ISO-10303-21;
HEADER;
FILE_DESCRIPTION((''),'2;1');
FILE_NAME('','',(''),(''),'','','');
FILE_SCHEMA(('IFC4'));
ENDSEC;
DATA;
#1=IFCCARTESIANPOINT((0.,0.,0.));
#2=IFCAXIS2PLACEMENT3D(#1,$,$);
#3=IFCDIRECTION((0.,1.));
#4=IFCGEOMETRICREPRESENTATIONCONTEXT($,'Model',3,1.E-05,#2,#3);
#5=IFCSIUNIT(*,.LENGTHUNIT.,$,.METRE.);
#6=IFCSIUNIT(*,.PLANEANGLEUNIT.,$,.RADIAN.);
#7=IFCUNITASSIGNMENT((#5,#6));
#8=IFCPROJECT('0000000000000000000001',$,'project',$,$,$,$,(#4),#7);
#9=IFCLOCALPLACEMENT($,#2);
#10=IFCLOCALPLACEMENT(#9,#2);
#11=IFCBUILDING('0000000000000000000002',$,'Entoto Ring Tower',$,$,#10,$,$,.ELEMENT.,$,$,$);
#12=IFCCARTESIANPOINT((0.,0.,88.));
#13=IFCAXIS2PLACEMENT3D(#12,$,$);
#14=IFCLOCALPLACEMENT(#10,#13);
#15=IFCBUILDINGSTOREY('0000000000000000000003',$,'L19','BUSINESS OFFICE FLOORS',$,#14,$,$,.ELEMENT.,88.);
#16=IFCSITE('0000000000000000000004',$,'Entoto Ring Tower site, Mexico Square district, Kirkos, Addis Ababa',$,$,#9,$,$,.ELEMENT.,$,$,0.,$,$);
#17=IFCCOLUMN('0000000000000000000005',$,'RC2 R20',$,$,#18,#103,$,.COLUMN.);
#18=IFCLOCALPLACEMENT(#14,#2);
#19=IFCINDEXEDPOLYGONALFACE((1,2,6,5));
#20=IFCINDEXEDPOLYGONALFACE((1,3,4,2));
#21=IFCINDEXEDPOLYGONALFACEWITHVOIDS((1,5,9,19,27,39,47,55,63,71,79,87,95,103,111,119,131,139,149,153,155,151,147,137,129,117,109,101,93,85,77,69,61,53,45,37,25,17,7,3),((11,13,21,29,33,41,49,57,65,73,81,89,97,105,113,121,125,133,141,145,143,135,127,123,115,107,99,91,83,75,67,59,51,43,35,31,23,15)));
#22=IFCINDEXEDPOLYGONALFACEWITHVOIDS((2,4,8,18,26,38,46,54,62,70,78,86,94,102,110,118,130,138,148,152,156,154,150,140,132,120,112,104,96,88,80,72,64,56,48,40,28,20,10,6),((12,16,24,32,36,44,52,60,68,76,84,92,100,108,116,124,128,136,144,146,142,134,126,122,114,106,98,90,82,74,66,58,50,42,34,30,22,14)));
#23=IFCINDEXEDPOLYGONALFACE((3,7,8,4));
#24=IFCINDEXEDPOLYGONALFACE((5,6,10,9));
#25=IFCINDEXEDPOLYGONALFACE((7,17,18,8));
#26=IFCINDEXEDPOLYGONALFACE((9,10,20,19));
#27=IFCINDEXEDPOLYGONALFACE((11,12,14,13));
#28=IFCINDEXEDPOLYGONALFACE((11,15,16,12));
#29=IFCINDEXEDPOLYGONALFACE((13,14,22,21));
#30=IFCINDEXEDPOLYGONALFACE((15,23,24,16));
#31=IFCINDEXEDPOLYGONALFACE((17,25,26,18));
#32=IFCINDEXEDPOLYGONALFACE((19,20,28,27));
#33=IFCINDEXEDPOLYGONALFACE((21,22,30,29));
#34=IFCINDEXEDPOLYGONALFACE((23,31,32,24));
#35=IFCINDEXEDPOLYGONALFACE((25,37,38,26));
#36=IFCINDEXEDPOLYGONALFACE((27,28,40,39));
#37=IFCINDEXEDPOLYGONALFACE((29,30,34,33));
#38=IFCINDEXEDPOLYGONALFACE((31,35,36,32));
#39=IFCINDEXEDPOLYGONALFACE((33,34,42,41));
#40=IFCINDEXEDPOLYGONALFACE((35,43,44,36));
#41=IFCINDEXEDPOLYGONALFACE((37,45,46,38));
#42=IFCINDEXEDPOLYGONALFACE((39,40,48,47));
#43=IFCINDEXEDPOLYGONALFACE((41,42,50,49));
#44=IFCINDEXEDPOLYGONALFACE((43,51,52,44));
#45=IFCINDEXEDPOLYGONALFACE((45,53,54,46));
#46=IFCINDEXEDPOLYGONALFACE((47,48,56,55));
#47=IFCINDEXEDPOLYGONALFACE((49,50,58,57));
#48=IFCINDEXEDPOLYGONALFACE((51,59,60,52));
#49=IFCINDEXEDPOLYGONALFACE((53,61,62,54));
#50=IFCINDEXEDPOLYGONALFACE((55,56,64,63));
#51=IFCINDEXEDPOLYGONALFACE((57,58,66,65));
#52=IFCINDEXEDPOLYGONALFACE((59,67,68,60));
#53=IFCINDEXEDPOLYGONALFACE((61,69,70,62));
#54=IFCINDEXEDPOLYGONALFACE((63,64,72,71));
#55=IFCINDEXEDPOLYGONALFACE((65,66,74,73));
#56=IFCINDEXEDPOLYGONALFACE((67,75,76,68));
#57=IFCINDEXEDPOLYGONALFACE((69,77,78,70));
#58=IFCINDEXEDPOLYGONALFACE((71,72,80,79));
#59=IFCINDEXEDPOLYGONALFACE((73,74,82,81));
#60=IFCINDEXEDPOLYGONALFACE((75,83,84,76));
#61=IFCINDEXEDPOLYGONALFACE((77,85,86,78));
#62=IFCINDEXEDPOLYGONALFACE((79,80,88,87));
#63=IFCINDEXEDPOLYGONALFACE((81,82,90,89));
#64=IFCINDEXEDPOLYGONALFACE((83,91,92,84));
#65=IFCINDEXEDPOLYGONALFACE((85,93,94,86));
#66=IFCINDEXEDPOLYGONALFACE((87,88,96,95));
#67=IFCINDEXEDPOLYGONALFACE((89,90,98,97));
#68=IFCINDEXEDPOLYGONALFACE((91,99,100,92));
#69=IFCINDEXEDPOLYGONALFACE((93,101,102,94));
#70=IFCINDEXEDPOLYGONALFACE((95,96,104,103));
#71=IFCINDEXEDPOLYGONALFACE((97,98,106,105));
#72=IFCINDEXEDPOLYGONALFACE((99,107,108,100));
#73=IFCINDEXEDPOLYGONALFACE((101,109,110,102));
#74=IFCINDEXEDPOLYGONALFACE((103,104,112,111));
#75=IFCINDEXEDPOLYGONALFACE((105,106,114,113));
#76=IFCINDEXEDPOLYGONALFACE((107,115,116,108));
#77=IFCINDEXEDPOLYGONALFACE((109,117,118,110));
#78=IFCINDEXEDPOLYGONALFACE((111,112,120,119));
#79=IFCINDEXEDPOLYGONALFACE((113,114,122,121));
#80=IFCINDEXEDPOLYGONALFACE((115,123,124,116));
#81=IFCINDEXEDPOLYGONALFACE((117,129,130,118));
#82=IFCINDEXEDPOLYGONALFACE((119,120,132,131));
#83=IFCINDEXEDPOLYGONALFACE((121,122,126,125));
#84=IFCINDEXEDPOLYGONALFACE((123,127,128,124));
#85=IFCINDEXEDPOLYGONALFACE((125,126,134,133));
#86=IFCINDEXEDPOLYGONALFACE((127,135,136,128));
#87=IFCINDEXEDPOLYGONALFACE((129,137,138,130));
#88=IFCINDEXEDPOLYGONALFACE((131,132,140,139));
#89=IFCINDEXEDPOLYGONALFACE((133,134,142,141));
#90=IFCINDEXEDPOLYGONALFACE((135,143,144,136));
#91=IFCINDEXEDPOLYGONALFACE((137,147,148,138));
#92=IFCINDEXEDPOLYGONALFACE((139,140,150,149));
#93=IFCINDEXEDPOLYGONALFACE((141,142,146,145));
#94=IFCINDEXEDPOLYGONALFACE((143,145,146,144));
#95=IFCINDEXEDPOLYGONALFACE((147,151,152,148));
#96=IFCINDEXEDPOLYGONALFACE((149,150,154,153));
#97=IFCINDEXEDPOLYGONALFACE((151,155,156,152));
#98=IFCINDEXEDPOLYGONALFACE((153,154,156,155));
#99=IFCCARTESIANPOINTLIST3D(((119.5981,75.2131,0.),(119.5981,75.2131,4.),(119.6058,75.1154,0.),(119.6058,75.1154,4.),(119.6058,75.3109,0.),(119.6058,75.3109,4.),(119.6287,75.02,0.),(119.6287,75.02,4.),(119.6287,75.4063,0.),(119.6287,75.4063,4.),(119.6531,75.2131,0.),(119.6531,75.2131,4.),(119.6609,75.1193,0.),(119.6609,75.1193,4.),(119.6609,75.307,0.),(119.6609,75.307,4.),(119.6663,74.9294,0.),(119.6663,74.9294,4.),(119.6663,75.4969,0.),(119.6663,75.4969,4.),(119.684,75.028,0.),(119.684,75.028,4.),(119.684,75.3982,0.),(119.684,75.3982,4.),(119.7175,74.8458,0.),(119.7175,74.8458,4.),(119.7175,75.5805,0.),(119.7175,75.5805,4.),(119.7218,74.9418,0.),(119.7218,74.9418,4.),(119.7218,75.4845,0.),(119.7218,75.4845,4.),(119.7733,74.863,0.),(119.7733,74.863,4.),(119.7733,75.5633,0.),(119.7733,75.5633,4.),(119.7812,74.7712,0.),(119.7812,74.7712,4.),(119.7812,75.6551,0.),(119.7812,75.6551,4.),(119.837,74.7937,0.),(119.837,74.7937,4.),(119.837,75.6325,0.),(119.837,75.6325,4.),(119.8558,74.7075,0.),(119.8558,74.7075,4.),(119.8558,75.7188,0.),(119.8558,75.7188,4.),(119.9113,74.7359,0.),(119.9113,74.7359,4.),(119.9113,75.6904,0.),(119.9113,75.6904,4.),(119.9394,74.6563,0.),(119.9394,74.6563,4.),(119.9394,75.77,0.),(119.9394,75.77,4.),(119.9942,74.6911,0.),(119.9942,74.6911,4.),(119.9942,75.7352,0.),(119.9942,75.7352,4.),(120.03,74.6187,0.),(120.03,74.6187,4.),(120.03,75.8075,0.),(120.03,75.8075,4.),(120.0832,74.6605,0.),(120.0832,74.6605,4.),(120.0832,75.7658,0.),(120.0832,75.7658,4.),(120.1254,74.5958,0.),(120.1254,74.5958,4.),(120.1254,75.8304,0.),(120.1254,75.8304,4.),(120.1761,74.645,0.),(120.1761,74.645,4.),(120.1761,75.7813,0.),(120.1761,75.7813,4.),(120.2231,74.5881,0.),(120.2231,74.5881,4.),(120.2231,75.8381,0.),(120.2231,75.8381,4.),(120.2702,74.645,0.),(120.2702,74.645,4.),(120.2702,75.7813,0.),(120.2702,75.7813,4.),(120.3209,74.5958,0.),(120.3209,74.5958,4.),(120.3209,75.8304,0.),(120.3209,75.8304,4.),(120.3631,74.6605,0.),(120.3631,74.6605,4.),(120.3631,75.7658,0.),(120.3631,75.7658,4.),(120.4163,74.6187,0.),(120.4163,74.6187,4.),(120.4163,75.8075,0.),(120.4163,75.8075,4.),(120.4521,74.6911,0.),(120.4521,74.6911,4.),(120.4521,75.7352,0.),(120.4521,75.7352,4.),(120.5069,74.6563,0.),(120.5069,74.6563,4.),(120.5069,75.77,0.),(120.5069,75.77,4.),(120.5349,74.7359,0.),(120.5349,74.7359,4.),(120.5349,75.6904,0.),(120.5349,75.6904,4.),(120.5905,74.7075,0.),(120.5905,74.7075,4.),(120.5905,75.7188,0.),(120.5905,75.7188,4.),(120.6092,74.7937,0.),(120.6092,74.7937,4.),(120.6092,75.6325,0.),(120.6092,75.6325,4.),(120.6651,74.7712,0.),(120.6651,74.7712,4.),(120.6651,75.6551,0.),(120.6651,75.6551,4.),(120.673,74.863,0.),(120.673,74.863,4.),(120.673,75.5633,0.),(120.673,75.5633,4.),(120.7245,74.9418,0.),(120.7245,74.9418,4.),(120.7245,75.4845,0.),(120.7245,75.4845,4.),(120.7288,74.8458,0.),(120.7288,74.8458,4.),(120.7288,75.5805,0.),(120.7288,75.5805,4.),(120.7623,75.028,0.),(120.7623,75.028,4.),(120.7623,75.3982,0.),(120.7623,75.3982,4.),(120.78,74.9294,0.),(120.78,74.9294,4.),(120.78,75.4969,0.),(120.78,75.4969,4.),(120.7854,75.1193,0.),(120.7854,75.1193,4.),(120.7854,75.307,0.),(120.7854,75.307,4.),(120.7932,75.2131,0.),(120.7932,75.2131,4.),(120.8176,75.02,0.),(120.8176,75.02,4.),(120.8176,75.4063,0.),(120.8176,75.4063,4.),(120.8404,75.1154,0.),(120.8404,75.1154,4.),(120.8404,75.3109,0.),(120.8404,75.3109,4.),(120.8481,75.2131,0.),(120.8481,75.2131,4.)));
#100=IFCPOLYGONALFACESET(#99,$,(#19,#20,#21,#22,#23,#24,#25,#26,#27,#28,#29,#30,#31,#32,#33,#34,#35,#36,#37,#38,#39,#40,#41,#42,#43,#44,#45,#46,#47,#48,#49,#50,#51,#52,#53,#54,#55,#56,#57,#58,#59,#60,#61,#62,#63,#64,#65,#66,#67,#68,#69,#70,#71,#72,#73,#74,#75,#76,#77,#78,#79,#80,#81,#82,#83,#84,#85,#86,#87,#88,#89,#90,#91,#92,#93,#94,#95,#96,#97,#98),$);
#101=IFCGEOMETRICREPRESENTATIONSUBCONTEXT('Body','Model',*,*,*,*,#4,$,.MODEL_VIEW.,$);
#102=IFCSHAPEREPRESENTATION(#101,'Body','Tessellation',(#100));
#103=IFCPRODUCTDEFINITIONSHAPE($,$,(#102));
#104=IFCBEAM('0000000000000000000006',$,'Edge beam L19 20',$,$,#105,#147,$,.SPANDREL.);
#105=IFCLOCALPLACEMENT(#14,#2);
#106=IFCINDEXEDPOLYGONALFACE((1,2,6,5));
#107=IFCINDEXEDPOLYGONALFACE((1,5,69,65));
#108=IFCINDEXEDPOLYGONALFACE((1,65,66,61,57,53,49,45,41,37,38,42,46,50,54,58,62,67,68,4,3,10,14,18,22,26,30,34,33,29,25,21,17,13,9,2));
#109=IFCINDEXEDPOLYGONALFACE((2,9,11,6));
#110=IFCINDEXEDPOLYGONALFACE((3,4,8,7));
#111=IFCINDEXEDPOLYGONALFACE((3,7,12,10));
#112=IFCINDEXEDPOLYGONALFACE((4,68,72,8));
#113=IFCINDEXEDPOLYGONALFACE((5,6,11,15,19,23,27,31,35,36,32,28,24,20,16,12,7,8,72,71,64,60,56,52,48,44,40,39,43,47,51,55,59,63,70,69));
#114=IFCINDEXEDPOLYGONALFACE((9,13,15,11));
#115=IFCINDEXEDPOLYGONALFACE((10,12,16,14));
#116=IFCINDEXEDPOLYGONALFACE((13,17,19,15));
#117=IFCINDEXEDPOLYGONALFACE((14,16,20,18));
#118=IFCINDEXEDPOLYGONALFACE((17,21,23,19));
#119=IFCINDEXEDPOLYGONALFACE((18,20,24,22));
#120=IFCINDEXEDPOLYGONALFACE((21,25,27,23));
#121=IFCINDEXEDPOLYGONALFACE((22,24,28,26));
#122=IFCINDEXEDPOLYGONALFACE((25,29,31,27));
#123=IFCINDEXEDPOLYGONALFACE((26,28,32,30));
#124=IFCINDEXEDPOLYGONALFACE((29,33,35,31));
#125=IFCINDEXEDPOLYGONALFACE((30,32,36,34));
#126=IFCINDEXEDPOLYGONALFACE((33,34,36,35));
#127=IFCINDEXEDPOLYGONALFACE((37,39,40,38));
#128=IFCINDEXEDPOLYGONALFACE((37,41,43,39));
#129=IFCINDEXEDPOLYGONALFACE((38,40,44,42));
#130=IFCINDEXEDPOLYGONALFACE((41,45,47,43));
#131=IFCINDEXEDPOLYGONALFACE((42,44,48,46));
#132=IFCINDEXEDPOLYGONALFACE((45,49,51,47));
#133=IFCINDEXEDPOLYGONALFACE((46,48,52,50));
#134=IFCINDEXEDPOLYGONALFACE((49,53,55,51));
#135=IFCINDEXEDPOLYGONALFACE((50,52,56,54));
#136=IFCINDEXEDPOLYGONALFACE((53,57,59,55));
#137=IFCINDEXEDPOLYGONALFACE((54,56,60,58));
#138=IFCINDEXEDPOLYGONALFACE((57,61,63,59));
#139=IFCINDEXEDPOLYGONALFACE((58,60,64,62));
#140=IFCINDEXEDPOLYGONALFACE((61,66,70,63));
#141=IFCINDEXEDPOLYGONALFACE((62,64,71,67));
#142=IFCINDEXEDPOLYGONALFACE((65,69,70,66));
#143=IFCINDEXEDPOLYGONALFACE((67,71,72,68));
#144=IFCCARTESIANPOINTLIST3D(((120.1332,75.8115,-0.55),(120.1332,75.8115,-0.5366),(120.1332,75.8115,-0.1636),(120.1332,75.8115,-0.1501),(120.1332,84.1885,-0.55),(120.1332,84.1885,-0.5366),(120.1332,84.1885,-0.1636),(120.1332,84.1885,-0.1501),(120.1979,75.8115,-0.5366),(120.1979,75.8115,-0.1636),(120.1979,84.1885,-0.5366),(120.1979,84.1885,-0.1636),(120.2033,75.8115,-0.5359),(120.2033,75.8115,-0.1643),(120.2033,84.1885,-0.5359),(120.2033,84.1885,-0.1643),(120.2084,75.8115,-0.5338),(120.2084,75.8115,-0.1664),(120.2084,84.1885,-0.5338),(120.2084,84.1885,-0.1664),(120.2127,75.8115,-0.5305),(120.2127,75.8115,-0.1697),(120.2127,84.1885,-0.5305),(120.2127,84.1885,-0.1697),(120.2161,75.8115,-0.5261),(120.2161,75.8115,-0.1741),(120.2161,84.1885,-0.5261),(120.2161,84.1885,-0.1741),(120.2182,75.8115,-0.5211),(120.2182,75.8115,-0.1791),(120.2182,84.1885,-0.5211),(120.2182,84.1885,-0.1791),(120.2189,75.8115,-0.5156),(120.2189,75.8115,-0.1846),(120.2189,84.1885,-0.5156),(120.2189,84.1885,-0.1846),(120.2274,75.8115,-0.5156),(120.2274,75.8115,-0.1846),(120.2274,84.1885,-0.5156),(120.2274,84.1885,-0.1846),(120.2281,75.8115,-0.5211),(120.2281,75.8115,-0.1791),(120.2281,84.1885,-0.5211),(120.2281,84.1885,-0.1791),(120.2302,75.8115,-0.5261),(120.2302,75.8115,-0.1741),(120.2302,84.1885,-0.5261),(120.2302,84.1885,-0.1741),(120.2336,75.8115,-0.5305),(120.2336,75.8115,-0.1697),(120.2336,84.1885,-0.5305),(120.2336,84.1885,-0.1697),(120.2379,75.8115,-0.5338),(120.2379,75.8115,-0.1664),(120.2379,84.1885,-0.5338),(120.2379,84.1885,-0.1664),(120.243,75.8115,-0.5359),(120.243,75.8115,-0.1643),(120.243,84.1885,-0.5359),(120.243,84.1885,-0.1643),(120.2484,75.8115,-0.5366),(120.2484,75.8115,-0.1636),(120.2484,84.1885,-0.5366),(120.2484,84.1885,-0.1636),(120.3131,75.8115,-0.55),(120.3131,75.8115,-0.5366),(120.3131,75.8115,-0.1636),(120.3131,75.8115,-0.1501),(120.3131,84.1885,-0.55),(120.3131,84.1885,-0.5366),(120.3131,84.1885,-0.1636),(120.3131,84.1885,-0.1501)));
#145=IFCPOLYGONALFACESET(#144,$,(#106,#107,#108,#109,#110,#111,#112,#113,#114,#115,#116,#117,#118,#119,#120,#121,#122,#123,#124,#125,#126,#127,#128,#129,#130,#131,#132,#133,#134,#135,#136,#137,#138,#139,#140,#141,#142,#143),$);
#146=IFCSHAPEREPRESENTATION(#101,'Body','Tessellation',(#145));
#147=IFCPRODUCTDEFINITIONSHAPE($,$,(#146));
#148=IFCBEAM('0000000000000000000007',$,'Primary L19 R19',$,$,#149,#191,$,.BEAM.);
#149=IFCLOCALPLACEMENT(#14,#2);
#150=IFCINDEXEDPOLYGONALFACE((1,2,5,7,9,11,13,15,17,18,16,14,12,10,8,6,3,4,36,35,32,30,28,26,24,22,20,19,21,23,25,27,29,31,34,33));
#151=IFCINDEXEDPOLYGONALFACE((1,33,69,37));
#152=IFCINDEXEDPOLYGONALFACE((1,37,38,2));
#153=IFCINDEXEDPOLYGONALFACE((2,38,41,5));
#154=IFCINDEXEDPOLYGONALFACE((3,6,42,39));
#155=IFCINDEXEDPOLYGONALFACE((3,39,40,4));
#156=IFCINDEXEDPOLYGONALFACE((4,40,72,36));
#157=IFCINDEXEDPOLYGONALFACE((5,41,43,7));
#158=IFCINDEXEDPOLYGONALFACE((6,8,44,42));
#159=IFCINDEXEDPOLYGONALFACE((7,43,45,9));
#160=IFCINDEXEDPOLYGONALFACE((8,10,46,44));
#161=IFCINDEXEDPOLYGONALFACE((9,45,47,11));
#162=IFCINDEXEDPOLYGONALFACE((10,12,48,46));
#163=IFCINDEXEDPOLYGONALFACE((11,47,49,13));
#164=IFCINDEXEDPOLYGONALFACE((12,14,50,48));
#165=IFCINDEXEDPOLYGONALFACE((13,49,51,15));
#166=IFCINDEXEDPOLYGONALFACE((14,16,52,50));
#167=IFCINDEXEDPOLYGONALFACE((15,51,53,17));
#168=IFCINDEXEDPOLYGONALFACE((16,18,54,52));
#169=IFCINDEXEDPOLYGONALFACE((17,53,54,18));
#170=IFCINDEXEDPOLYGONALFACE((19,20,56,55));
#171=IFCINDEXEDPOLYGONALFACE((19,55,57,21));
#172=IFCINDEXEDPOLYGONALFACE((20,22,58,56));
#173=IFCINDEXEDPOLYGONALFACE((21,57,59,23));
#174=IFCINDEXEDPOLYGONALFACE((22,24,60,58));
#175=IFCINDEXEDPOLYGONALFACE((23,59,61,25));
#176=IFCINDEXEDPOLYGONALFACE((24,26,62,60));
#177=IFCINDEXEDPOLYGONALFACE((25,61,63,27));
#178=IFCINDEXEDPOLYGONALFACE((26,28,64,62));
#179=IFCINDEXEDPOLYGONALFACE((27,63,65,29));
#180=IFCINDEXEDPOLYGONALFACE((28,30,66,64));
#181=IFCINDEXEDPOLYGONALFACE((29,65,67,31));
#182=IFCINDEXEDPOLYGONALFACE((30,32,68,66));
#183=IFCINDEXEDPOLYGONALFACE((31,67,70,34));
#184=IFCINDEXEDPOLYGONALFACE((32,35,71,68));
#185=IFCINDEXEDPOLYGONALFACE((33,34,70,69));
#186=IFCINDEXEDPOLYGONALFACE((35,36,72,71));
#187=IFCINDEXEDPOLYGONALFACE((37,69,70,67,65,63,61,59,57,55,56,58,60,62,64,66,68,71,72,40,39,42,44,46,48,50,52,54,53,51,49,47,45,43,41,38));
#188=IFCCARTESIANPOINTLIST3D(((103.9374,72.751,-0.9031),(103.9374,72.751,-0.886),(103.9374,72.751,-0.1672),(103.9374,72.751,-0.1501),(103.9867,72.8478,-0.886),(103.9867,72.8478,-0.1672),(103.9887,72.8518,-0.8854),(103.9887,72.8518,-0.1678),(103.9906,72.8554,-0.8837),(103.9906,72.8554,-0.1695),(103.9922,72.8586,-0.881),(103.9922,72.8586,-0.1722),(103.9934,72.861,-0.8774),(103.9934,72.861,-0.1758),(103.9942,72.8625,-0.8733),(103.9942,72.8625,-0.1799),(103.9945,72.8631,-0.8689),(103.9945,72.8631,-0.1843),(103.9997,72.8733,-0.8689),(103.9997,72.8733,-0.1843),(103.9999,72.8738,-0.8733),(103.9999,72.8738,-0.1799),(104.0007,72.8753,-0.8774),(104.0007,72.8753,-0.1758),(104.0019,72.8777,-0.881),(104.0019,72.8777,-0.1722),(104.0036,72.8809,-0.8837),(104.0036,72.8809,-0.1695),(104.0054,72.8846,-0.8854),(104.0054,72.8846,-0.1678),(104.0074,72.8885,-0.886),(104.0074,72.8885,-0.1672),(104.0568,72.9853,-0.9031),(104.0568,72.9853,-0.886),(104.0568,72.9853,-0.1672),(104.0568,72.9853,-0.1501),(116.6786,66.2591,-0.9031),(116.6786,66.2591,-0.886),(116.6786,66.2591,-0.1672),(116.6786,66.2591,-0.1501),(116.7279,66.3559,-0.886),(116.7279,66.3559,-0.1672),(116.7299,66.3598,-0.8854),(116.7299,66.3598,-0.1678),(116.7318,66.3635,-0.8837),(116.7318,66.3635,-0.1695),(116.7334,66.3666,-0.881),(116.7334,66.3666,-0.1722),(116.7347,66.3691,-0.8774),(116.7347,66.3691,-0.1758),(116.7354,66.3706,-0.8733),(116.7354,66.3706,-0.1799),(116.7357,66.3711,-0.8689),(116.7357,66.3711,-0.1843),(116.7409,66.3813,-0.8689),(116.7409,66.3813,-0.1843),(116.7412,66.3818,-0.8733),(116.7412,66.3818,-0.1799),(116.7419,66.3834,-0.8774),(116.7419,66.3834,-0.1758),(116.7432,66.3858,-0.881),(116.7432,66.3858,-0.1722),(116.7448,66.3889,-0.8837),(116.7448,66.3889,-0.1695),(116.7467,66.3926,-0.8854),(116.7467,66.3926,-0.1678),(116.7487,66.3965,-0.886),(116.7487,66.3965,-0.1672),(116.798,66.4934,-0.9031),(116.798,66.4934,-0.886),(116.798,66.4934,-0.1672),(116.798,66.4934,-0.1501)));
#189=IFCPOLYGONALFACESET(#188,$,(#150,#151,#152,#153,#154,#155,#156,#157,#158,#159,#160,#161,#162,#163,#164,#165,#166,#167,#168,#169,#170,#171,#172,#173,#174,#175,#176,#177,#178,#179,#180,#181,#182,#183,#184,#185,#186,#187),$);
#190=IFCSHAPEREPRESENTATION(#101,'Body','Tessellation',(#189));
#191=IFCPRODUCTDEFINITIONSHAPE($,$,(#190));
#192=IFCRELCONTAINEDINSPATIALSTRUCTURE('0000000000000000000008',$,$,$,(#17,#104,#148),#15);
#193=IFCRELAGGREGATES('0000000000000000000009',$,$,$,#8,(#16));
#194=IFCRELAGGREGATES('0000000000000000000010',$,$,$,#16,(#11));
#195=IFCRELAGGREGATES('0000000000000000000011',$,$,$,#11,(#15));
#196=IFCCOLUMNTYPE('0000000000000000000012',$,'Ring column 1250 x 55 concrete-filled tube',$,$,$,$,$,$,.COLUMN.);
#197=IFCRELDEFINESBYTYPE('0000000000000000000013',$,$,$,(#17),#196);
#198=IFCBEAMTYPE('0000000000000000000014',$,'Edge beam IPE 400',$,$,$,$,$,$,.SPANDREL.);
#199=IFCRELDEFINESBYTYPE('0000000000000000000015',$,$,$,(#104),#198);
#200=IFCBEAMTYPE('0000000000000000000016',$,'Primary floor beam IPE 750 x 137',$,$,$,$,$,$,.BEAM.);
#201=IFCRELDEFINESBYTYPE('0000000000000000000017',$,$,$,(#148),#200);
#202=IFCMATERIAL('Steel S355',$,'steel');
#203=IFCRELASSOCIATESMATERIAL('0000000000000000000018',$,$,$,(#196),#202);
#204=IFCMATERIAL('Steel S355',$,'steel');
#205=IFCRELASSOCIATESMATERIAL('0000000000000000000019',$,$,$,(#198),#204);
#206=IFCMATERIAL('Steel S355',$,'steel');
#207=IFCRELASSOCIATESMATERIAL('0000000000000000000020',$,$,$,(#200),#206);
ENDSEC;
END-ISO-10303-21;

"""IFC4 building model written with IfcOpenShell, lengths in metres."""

from ifc_helpers import new_model, si_unit, direction, frame, origin, origin_2d, place, context, subcontext, project, spatial, circle, hollow_circle, i_section, extrude, material, material_profile, profile_set, type_object, element, save


model = new_model("IFC4")

# Units and contexts
model_context = context("Model", 3, precision=1e-05, world=origin(), true_north=direction((0.0, 1.0)))
body_context = subcontext(model_context, "Body", "Model", "MODEL_VIEW")
ifc_project = project(units=[si_unit("LENGTHUNIT", "METRE"), si_unit("PLANEANGLEUNIT", "RADIAN")], contexts=[model_context])

# Site, building, storey
site_placement = place(None, origin())
site = spatial("IfcSite", under=ifc_project, at=site_placement, Name="Entoto Ring Tower site, Mexico Square district, Kirkos, Addis Ababa", CompositionType="ELEMENT", RefElevation=0.0)
building_placement = place(site_placement, origin())
building = spatial("IfcBuilding", under=site, at=building_placement, Name="Entoto Ring Tower", CompositionType="ELEMENT")
storey_placement = place(building_placement, frame((0.0, 0.0, 88.0)))
storey = spatial("IfcBuildingStorey", under=building, at=storey_placement, Name="L19", Description="BUSINESS OFFICE FLOORS", CompositionType="ELEMENT", Elevation=88.0)

# Column
ifc_material_1 = material(Name="Steel S355", Category="steel")
ifc_material_profile_1 = material_profile(ifc_material_1, hollow_circle(Radius=0.625, WallThickness=0.0549, at=origin_2d()), Name="CHS 1250 x 55")
ifc_material_2 = material(Name="Concrete C60/75", Category="concrete")
ifc_material_profile_2 = material_profile(ifc_material_2, circle(Radius=0.5701, at=origin_2d()), Name="Concrete C60/75 infill")
ifc_profile_set_1 = profile_set([ifc_material_profile_1, ifc_material_profile_2], Name="Steel S355")
column_type = type_object("IfcColumnType", Name="Ring column 1250 x 55 concrete-filled tube", PredefinedType="COLUMN", material=ifc_profile_set_1)
column_placement = place(storey_placement, frame((120.2231, 75.2131, 0.0), z_axis=(0.0, 0.0, 1.0), x_axis=(1.0, 0.0, 0.0)))
element("IfcColumn", 1, at=column_placement, inside=storey, type_object=column_type, Name="RC2 R20", PredefinedType="COLUMN", context=body_context, shape_type="SweptSolid", body=[
    extrude(hollow_circle(Radius=0.625, WallThickness=0.0549, at=origin_2d()), origin(), (0.0, 0.0, 1.0), 4.0),
])

# Beams
ifc_material_3 = material(Name="Steel S355", Category="steel")
ifc_material_profile_3 = material_profile(ifc_material_3, i_section(OverallWidth=0.1799, OverallDepth=0.3999, WebThickness=0.0085, FlangeThickness=0.0134, FilletRadius=0.021, at=origin_2d()), Name="IPE 400")
ifc_profile_set_2 = profile_set([ifc_material_profile_3], Name="Steel S355")
beam_type_1 = type_object("IfcBeamType", Name="Edge beam IPE 400", PredefinedType="SPANDREL", material=ifc_profile_set_2)
beam_1_placement = place(storey_placement, frame((120.2231, 75.8115, -0.3501), z_axis=(0.0, 1.0, 0.0), x_axis=(-1.0, 0.0, 0.0)))
element("IfcBeam", 2, at=beam_1_placement, inside=storey, type_object=beam_type_1, Name="Edge beam L19 20", PredefinedType="SPANDREL", context=body_context, shape_type="SweptSolid", body=[
    extrude(i_section(OverallWidth=0.1799, OverallDepth=0.3999, WebThickness=0.0085, FlangeThickness=0.0134, FilletRadius=0.021, at=origin_2d()), origin(), (0.0, 0.0, 1.0), 8.377),
])
ifc_material_4 = material(Name="Steel S355", Category="steel")
ifc_material_profile_4 = material_profile(ifc_material_4, i_section(OverallWidth=0.2629, OverallDepth=0.7529, WebThickness=0.0115, FlangeThickness=0.0171, FilletRadius=0.0171, at=origin_2d()), Name="IPE 750 x 137")
ifc_profile_set_3 = profile_set([ifc_material_profile_4], Name="Steel S355")
beam_type_2 = type_object("IfcBeamType", Name="Primary floor beam IPE 750 x 137", PredefinedType="BEAM", material=ifc_profile_set_3)
beam_2_placement = place(storey_placement, frame((103.9971, 72.8682, -0.5266), z_axis=(0.891007, -0.453989, 0.0), x_axis=(0.453989, 0.891007, 0.0)))
element("IfcBeam", 3, at=beam_2_placement, inside=storey, type_object=beam_type_2, Name="Primary L19 R19", PredefinedType="BEAM", context=body_context, shape_type="SweptSolid", body=[
    extrude(i_section(OverallWidth=0.2629, OverallDepth=0.7529, WebThickness=0.0115, FlangeThickness=0.0171, FilletRadius=0.0171, at=origin_2d()), origin(), (0.0, 0.0, 1.0), 14.2998),
])

save(model, "model.ifc")
